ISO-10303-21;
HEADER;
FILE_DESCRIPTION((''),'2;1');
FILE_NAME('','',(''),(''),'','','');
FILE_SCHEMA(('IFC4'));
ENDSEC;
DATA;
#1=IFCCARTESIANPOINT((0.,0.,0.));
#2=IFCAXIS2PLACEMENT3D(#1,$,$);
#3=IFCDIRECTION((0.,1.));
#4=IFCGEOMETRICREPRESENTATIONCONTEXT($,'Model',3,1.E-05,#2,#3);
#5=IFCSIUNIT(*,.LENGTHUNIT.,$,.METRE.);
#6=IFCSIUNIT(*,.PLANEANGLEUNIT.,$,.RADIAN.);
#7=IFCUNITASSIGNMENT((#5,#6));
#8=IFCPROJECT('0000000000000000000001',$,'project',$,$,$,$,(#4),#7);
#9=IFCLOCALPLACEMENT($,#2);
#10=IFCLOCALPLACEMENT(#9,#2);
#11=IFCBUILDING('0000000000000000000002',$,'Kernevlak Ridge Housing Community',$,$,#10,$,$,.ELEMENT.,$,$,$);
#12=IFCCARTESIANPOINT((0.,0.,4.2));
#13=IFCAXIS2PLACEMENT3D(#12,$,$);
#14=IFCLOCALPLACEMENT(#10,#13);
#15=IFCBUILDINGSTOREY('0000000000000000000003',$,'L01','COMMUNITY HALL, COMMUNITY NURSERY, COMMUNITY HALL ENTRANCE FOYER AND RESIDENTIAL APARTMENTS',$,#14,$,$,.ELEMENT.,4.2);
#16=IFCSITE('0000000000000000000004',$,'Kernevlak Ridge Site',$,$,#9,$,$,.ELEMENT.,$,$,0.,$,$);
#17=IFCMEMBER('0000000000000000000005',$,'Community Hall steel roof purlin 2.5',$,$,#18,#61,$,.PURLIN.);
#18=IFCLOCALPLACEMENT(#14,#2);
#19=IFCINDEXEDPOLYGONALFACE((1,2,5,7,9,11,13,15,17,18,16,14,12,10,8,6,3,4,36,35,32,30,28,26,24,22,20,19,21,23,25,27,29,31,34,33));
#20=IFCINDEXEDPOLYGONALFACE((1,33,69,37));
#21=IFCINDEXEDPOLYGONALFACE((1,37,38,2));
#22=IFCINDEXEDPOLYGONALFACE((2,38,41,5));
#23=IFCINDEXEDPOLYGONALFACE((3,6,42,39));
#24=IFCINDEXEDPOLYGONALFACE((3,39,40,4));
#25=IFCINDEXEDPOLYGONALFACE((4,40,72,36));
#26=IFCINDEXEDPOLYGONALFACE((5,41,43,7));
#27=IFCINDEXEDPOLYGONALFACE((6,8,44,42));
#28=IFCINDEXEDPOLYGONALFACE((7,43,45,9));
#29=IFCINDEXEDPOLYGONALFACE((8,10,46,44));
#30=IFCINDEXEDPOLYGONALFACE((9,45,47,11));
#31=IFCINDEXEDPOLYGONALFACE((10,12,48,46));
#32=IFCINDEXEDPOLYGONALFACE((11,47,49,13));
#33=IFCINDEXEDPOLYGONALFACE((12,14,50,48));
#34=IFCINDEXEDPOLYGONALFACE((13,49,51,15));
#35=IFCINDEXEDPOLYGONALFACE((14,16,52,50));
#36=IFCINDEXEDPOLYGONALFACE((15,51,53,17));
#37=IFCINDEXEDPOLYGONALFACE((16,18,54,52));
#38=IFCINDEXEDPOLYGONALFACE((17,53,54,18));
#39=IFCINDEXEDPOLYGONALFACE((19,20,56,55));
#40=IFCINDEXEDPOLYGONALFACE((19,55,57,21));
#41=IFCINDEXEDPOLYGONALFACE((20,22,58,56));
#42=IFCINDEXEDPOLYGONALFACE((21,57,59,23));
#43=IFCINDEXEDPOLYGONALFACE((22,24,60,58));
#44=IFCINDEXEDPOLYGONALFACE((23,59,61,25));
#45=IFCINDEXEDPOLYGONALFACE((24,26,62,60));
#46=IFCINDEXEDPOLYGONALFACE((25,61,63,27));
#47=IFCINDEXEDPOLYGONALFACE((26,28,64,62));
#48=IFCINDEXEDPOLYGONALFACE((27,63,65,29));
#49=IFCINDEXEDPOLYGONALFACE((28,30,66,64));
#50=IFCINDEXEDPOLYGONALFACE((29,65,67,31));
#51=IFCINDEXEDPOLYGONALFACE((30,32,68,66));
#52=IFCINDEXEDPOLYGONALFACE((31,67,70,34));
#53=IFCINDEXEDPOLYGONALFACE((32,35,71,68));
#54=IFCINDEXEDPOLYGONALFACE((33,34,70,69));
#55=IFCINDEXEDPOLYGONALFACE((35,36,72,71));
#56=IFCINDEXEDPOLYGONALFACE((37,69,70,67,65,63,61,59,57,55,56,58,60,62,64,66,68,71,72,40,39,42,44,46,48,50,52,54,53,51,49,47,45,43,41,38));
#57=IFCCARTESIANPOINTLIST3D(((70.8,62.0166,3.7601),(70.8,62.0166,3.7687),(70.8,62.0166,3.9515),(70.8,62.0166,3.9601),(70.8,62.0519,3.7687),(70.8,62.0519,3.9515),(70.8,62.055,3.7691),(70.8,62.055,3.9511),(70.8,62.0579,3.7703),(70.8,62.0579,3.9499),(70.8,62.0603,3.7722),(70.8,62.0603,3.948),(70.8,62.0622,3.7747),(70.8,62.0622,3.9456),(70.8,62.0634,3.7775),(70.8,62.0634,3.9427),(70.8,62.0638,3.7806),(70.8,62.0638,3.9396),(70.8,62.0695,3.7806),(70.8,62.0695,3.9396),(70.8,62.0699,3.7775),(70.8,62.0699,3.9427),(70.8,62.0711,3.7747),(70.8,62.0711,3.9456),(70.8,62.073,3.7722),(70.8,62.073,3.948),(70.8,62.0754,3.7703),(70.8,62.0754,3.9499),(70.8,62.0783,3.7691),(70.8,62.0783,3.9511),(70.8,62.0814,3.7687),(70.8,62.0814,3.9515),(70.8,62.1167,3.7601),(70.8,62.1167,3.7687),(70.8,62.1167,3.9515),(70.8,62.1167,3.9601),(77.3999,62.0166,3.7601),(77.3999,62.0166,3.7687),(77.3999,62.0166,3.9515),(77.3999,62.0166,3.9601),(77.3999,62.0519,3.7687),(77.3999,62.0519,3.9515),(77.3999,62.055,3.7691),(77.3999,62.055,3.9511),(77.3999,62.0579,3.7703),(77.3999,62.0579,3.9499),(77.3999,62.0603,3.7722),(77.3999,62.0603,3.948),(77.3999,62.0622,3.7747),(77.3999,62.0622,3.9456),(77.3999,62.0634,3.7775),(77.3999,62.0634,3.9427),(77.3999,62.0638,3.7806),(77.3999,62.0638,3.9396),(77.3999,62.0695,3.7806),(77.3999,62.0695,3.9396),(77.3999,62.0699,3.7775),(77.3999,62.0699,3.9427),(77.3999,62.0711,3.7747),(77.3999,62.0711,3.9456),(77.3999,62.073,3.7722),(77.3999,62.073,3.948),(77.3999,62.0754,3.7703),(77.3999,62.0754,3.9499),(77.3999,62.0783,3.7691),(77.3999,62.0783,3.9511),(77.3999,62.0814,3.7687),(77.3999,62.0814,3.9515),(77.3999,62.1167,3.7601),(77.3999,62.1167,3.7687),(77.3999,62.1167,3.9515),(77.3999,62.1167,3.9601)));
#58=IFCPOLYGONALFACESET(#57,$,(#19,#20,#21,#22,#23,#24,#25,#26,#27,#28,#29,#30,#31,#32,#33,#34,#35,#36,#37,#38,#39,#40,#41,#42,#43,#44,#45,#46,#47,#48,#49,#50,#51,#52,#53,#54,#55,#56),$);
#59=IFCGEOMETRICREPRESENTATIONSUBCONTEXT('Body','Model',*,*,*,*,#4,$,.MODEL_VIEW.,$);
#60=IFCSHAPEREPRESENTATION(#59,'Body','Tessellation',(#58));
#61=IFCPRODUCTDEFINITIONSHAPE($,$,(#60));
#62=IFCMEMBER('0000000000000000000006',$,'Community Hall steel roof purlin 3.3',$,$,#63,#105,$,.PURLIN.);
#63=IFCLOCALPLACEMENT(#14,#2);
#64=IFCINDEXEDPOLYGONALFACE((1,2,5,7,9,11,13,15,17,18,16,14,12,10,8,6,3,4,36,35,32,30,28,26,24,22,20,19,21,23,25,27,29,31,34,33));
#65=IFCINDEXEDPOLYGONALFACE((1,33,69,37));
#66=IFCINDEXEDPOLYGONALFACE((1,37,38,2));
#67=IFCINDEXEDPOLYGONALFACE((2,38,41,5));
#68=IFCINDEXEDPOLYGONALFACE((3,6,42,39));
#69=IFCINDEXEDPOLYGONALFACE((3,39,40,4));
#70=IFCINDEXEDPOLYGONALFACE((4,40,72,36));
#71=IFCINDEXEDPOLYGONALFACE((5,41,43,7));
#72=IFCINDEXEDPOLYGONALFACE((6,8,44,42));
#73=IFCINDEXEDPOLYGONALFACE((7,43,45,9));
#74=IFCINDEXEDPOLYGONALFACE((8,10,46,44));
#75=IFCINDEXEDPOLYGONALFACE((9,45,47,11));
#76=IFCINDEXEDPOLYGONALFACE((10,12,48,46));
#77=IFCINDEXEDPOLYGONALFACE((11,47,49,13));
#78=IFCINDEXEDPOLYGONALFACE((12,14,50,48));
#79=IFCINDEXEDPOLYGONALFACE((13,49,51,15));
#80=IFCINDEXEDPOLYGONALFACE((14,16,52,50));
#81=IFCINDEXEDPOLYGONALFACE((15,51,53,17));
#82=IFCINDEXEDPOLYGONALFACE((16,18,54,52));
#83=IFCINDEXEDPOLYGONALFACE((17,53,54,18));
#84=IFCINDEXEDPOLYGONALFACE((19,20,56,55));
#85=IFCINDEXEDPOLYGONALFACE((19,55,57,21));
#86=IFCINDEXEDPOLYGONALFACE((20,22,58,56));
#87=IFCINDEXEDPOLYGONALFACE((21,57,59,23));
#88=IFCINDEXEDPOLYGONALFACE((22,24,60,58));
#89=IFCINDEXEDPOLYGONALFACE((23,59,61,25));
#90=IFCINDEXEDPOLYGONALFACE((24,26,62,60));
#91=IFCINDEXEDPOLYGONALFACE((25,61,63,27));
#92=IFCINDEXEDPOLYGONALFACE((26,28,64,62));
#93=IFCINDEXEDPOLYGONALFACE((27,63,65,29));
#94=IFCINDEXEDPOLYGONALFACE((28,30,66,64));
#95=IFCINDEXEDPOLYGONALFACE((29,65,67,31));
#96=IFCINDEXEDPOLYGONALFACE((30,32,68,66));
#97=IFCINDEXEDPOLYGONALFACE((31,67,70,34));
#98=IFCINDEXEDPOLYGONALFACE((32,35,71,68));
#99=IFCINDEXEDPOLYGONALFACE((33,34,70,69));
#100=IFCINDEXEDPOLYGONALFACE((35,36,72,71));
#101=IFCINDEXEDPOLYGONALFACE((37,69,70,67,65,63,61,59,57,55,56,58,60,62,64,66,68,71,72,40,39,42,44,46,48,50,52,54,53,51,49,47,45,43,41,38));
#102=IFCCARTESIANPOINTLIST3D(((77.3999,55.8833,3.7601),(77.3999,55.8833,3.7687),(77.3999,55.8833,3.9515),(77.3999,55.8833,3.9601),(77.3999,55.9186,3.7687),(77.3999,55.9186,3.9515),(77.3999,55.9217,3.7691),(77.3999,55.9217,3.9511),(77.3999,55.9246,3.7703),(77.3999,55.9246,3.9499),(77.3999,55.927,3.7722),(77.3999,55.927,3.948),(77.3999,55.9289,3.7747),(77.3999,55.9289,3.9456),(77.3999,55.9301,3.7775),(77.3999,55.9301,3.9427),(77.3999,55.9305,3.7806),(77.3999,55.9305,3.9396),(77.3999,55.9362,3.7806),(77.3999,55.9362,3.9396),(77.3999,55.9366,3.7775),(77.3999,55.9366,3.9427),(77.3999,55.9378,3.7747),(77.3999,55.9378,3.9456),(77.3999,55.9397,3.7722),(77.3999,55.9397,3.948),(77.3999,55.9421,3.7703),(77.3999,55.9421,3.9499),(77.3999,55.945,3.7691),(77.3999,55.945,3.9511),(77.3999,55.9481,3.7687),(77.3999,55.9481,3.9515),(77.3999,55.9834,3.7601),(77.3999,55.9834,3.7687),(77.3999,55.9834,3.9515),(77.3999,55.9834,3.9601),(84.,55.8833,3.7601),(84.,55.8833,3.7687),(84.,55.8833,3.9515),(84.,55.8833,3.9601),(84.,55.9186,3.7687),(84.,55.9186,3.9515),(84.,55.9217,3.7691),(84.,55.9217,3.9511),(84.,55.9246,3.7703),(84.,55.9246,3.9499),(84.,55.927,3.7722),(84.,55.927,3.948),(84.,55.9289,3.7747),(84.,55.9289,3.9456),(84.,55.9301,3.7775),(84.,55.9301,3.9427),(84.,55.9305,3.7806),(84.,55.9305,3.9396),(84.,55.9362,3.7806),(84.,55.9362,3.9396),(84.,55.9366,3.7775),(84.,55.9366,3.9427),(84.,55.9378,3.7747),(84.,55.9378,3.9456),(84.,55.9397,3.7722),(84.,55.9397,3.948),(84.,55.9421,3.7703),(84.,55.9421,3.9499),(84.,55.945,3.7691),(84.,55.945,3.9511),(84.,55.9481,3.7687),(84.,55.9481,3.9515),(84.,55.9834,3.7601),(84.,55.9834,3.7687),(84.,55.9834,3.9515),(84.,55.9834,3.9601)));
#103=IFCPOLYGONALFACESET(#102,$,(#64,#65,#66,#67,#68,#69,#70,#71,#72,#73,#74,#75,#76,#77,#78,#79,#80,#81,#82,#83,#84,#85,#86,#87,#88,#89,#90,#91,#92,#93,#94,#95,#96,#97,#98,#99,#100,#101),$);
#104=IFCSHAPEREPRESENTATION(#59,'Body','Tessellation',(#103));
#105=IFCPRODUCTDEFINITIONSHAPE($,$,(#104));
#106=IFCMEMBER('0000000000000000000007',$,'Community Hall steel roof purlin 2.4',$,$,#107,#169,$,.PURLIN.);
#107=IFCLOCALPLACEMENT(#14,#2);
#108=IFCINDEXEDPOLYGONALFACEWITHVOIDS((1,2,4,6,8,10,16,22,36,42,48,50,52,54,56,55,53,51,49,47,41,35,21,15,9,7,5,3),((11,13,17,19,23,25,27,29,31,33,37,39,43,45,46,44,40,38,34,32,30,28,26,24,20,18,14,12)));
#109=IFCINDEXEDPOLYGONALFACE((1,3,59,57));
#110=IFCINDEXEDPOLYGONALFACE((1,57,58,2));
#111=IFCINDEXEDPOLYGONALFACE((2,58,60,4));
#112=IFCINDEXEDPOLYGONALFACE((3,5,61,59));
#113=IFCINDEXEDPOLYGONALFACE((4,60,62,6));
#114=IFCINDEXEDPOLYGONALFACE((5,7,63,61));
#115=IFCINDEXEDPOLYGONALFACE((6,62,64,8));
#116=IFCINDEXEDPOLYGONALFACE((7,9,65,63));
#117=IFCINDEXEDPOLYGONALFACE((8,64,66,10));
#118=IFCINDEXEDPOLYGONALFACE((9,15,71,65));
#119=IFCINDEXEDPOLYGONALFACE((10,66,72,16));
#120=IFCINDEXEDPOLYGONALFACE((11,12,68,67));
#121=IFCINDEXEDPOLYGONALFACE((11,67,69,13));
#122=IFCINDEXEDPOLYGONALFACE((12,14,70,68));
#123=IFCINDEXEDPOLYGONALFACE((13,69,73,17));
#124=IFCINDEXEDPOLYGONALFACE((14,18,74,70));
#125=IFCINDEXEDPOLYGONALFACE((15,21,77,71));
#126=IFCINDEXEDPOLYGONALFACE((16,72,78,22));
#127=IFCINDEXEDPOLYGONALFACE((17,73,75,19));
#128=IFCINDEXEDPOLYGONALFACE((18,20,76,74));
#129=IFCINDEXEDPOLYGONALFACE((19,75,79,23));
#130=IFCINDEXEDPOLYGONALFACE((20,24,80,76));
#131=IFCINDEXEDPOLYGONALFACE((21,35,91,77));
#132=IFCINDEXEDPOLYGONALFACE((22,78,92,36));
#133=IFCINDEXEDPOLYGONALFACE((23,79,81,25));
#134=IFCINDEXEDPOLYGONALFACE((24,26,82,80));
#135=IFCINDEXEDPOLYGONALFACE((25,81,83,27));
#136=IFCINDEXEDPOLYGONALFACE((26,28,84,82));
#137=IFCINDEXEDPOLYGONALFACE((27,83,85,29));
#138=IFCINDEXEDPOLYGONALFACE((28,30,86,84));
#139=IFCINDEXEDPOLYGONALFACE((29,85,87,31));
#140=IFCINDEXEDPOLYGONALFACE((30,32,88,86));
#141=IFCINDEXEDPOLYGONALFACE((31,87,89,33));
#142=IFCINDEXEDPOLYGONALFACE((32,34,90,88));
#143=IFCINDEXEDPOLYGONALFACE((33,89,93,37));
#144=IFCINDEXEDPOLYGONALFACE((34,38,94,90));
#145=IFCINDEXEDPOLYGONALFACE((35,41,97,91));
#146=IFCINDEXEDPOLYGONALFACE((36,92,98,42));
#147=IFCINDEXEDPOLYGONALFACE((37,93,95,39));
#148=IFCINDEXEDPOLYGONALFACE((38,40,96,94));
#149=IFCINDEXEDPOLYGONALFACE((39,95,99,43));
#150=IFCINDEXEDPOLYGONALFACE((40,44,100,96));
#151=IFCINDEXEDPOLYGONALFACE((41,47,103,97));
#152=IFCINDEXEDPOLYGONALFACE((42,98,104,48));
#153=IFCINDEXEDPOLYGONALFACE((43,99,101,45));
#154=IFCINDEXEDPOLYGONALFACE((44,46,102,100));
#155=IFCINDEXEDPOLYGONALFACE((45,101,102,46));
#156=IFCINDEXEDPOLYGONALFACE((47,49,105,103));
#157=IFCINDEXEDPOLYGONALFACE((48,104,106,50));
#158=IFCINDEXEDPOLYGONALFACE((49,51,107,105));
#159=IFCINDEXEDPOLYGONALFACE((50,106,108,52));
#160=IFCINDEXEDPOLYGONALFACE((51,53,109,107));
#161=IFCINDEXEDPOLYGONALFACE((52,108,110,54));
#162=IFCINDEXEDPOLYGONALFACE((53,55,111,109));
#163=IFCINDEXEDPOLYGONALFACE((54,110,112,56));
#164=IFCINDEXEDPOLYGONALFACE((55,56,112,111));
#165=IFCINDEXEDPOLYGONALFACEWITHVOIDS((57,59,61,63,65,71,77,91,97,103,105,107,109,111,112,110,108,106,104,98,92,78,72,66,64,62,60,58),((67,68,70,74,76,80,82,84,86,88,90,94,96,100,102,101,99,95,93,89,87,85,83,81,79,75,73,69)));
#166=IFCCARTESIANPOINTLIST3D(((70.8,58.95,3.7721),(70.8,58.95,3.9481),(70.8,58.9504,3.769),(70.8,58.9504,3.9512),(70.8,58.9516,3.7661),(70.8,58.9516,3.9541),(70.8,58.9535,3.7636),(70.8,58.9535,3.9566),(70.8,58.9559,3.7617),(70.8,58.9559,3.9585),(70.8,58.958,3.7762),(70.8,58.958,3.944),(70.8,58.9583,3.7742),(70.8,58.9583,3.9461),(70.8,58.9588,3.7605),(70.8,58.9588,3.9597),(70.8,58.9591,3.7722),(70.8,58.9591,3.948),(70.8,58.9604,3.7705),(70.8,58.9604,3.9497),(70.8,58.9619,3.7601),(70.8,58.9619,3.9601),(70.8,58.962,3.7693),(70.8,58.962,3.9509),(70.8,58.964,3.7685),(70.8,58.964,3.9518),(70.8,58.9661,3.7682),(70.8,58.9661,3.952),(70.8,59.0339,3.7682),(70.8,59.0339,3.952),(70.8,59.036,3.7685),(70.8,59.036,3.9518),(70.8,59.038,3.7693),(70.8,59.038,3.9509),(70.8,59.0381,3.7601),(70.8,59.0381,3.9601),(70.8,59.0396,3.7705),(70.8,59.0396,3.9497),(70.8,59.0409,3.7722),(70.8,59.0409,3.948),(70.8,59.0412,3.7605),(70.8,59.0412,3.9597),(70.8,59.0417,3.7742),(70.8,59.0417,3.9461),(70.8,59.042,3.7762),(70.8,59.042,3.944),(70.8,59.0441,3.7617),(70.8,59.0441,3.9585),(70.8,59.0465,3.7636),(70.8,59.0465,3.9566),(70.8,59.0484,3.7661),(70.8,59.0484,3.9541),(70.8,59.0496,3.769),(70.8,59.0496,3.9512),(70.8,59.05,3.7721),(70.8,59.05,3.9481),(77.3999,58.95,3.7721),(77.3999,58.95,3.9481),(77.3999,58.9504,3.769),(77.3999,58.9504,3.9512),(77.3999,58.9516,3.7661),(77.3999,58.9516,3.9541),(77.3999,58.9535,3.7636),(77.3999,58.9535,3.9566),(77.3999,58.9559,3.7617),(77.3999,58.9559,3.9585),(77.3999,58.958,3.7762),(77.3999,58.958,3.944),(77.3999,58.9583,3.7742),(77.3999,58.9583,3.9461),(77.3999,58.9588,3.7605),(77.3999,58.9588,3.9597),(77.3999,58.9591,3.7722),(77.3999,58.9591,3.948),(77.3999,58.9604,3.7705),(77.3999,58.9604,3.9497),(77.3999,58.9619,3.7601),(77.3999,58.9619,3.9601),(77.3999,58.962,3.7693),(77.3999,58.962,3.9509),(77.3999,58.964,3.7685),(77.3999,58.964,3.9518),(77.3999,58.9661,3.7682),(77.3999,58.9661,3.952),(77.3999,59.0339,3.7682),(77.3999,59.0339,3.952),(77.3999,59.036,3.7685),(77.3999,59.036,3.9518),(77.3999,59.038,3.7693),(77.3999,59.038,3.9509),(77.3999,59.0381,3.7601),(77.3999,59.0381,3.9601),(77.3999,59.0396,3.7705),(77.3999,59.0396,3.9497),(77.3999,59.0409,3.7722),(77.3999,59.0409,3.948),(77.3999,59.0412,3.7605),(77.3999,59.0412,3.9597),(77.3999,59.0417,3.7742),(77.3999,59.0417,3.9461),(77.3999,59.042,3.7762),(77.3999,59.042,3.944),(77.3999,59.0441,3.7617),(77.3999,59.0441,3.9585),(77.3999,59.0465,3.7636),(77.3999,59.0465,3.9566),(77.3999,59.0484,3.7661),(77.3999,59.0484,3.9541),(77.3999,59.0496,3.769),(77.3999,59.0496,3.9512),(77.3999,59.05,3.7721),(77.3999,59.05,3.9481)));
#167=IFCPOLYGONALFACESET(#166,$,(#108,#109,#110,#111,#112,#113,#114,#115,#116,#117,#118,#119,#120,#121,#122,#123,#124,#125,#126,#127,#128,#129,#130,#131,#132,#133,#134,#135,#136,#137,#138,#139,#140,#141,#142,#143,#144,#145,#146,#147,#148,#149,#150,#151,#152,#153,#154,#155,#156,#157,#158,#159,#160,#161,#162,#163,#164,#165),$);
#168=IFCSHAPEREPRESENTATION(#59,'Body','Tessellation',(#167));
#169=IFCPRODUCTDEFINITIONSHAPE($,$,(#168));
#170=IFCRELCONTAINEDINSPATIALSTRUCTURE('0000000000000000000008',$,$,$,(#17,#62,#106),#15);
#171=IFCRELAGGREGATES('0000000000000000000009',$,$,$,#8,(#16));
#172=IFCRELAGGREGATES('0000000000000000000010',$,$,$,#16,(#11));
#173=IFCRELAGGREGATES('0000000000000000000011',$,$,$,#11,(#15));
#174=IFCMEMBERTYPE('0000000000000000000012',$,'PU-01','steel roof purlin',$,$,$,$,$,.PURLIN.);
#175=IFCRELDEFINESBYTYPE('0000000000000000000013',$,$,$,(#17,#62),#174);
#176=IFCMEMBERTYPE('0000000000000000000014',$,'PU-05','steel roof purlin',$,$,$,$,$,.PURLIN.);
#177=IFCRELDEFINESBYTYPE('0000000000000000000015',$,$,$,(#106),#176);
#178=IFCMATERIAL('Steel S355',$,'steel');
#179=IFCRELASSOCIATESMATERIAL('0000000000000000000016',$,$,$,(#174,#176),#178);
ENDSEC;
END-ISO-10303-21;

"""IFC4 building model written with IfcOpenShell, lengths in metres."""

from ifc_helpers import new_model, si_unit, direction, frame, origin, origin_2d, place, context, subcontext, project, spatial, hollow_rectangle, i_section, extrude, material, material_profile, profile_set, type_object, element, save


model = new_model("IFC4")

# Units and contexts
model_context = context("Model", 3, precision=1e-05, world=origin(), true_north=direction((0.0, 1.0)))
body_context = subcontext(model_context, "Body", "Model", "MODEL_VIEW")
ifc_project = project(units=[si_unit("LENGTHUNIT", "METRE"), si_unit("PLANEANGLEUNIT", "RADIAN")], contexts=[model_context])

# Site, building, storey
site_placement = place(None, origin())
site = spatial("IfcSite", under=ifc_project, at=site_placement, Name="Kernevlak Ridge Site", CompositionType="ELEMENT", RefElevation=0.0)
building_placement = place(site_placement, origin())
building = spatial("IfcBuilding", under=site, at=building_placement, Name="Kernevlak Ridge Housing Community", CompositionType="ELEMENT")
storey_placement = place(building_placement, frame((0.0, 0.0, 4.2)))
storey = spatial("IfcBuildingStorey", under=building, at=storey_placement, Name="L01", Description="COMMUNITY HALL, COMMUNITY NURSERY, COMMUNITY HALL ENTRANCE FOYER AND RESIDENTIAL APARTMENTS", CompositionType="ELEMENT", Elevation=4.2)

# Members
ifc_material = material(Name="Steel S355", Category="steel")
ifc_material_profile_1 = material_profile(ifc_material, i_section(OverallWidth=0.1001, OverallDepth=0.2, WebThickness=0.0056, FlangeThickness=0.0085, FilletRadius=0.012, at=origin_2d()), Name="IPE 200")
ifc_profile_set_1 = profile_set([ifc_material_profile_1], Name="Steel S355")
member_type_1 = type_object("IfcMemberType", Name="PU-01", Description="steel roof purlin", PredefinedType="PURLIN", material=ifc_profile_set_1)
member_1_placement = place(storey_placement, frame((70.8, 62.0667, 3.8601), z_axis=(1.0, 0.0, 0.0), x_axis=(0.0, 1.0, 0.0)))
element("IfcMember", 1, at=member_1_placement, inside=storey, type_object=member_type_1, Name="Community Hall steel roof purlin 2.5", PredefinedType="PURLIN", context=body_context, shape_type="SweptSolid", body=[
    extrude(i_section(OverallWidth=0.1001, OverallDepth=0.2, WebThickness=0.0056, FlangeThickness=0.0085, FilletRadius=0.012, at=origin_2d()), origin(), (0.0, 0.0, 1.0), 6.5999),
])
member_2_placement = place(storey_placement, frame((77.3999, 55.9333, 3.8601), z_axis=(1.0, 0.0, 0.0), x_axis=(0.0, 1.0, 0.0)))
element("IfcMember", 2, at=member_2_placement, inside=storey, type_object=member_type_1, Name="Community Hall steel roof purlin 3.3", PredefinedType="PURLIN", context=body_context, shape_type="SweptSolid", body=[
    extrude(i_section(OverallWidth=0.1001, OverallDepth=0.2, WebThickness=0.0056, FlangeThickness=0.0085, FilletRadius=0.012, at=origin_2d()), origin(), (0.0, 0.0, 1.0), 6.6001),
])
ifc_material_profile_2 = material_profile(ifc_material, hollow_rectangle(XDim=0.1001, YDim=0.2, WallThickness=0.0081, InnerFilletRadius=0.0081, OuterFilletRadius=0.012, at=origin_2d()), Name="RHS 200x100x8")
ifc_profile_set_2 = profile_set([ifc_material_profile_2], Name="Steel S355")
member_type_2 = type_object("IfcMemberType", Name="PU-05", Description="steel roof purlin", PredefinedType="PURLIN", material=ifc_profile_set_2)
member_3_placement = place(storey_placement, frame((70.8, 59.0, 3.8601), z_axis=(1.0, 0.0, 0.0), x_axis=(0.0, 1.0, 0.0)))
element("IfcMember", 3, at=member_3_placement, inside=storey, type_object=member_type_2, Name="Community Hall steel roof purlin 2.4", PredefinedType="PURLIN", context=body_context, shape_type="SweptSolid", body=[
    extrude(hollow_rectangle(XDim=0.1001, YDim=0.2, WallThickness=0.0081, InnerFilletRadius=0.0081, OuterFilletRadius=0.012, at=origin_2d()), origin(), (0.0, 0.0, 1.0), 6.5999),
])

save(model, "model.ifc")
